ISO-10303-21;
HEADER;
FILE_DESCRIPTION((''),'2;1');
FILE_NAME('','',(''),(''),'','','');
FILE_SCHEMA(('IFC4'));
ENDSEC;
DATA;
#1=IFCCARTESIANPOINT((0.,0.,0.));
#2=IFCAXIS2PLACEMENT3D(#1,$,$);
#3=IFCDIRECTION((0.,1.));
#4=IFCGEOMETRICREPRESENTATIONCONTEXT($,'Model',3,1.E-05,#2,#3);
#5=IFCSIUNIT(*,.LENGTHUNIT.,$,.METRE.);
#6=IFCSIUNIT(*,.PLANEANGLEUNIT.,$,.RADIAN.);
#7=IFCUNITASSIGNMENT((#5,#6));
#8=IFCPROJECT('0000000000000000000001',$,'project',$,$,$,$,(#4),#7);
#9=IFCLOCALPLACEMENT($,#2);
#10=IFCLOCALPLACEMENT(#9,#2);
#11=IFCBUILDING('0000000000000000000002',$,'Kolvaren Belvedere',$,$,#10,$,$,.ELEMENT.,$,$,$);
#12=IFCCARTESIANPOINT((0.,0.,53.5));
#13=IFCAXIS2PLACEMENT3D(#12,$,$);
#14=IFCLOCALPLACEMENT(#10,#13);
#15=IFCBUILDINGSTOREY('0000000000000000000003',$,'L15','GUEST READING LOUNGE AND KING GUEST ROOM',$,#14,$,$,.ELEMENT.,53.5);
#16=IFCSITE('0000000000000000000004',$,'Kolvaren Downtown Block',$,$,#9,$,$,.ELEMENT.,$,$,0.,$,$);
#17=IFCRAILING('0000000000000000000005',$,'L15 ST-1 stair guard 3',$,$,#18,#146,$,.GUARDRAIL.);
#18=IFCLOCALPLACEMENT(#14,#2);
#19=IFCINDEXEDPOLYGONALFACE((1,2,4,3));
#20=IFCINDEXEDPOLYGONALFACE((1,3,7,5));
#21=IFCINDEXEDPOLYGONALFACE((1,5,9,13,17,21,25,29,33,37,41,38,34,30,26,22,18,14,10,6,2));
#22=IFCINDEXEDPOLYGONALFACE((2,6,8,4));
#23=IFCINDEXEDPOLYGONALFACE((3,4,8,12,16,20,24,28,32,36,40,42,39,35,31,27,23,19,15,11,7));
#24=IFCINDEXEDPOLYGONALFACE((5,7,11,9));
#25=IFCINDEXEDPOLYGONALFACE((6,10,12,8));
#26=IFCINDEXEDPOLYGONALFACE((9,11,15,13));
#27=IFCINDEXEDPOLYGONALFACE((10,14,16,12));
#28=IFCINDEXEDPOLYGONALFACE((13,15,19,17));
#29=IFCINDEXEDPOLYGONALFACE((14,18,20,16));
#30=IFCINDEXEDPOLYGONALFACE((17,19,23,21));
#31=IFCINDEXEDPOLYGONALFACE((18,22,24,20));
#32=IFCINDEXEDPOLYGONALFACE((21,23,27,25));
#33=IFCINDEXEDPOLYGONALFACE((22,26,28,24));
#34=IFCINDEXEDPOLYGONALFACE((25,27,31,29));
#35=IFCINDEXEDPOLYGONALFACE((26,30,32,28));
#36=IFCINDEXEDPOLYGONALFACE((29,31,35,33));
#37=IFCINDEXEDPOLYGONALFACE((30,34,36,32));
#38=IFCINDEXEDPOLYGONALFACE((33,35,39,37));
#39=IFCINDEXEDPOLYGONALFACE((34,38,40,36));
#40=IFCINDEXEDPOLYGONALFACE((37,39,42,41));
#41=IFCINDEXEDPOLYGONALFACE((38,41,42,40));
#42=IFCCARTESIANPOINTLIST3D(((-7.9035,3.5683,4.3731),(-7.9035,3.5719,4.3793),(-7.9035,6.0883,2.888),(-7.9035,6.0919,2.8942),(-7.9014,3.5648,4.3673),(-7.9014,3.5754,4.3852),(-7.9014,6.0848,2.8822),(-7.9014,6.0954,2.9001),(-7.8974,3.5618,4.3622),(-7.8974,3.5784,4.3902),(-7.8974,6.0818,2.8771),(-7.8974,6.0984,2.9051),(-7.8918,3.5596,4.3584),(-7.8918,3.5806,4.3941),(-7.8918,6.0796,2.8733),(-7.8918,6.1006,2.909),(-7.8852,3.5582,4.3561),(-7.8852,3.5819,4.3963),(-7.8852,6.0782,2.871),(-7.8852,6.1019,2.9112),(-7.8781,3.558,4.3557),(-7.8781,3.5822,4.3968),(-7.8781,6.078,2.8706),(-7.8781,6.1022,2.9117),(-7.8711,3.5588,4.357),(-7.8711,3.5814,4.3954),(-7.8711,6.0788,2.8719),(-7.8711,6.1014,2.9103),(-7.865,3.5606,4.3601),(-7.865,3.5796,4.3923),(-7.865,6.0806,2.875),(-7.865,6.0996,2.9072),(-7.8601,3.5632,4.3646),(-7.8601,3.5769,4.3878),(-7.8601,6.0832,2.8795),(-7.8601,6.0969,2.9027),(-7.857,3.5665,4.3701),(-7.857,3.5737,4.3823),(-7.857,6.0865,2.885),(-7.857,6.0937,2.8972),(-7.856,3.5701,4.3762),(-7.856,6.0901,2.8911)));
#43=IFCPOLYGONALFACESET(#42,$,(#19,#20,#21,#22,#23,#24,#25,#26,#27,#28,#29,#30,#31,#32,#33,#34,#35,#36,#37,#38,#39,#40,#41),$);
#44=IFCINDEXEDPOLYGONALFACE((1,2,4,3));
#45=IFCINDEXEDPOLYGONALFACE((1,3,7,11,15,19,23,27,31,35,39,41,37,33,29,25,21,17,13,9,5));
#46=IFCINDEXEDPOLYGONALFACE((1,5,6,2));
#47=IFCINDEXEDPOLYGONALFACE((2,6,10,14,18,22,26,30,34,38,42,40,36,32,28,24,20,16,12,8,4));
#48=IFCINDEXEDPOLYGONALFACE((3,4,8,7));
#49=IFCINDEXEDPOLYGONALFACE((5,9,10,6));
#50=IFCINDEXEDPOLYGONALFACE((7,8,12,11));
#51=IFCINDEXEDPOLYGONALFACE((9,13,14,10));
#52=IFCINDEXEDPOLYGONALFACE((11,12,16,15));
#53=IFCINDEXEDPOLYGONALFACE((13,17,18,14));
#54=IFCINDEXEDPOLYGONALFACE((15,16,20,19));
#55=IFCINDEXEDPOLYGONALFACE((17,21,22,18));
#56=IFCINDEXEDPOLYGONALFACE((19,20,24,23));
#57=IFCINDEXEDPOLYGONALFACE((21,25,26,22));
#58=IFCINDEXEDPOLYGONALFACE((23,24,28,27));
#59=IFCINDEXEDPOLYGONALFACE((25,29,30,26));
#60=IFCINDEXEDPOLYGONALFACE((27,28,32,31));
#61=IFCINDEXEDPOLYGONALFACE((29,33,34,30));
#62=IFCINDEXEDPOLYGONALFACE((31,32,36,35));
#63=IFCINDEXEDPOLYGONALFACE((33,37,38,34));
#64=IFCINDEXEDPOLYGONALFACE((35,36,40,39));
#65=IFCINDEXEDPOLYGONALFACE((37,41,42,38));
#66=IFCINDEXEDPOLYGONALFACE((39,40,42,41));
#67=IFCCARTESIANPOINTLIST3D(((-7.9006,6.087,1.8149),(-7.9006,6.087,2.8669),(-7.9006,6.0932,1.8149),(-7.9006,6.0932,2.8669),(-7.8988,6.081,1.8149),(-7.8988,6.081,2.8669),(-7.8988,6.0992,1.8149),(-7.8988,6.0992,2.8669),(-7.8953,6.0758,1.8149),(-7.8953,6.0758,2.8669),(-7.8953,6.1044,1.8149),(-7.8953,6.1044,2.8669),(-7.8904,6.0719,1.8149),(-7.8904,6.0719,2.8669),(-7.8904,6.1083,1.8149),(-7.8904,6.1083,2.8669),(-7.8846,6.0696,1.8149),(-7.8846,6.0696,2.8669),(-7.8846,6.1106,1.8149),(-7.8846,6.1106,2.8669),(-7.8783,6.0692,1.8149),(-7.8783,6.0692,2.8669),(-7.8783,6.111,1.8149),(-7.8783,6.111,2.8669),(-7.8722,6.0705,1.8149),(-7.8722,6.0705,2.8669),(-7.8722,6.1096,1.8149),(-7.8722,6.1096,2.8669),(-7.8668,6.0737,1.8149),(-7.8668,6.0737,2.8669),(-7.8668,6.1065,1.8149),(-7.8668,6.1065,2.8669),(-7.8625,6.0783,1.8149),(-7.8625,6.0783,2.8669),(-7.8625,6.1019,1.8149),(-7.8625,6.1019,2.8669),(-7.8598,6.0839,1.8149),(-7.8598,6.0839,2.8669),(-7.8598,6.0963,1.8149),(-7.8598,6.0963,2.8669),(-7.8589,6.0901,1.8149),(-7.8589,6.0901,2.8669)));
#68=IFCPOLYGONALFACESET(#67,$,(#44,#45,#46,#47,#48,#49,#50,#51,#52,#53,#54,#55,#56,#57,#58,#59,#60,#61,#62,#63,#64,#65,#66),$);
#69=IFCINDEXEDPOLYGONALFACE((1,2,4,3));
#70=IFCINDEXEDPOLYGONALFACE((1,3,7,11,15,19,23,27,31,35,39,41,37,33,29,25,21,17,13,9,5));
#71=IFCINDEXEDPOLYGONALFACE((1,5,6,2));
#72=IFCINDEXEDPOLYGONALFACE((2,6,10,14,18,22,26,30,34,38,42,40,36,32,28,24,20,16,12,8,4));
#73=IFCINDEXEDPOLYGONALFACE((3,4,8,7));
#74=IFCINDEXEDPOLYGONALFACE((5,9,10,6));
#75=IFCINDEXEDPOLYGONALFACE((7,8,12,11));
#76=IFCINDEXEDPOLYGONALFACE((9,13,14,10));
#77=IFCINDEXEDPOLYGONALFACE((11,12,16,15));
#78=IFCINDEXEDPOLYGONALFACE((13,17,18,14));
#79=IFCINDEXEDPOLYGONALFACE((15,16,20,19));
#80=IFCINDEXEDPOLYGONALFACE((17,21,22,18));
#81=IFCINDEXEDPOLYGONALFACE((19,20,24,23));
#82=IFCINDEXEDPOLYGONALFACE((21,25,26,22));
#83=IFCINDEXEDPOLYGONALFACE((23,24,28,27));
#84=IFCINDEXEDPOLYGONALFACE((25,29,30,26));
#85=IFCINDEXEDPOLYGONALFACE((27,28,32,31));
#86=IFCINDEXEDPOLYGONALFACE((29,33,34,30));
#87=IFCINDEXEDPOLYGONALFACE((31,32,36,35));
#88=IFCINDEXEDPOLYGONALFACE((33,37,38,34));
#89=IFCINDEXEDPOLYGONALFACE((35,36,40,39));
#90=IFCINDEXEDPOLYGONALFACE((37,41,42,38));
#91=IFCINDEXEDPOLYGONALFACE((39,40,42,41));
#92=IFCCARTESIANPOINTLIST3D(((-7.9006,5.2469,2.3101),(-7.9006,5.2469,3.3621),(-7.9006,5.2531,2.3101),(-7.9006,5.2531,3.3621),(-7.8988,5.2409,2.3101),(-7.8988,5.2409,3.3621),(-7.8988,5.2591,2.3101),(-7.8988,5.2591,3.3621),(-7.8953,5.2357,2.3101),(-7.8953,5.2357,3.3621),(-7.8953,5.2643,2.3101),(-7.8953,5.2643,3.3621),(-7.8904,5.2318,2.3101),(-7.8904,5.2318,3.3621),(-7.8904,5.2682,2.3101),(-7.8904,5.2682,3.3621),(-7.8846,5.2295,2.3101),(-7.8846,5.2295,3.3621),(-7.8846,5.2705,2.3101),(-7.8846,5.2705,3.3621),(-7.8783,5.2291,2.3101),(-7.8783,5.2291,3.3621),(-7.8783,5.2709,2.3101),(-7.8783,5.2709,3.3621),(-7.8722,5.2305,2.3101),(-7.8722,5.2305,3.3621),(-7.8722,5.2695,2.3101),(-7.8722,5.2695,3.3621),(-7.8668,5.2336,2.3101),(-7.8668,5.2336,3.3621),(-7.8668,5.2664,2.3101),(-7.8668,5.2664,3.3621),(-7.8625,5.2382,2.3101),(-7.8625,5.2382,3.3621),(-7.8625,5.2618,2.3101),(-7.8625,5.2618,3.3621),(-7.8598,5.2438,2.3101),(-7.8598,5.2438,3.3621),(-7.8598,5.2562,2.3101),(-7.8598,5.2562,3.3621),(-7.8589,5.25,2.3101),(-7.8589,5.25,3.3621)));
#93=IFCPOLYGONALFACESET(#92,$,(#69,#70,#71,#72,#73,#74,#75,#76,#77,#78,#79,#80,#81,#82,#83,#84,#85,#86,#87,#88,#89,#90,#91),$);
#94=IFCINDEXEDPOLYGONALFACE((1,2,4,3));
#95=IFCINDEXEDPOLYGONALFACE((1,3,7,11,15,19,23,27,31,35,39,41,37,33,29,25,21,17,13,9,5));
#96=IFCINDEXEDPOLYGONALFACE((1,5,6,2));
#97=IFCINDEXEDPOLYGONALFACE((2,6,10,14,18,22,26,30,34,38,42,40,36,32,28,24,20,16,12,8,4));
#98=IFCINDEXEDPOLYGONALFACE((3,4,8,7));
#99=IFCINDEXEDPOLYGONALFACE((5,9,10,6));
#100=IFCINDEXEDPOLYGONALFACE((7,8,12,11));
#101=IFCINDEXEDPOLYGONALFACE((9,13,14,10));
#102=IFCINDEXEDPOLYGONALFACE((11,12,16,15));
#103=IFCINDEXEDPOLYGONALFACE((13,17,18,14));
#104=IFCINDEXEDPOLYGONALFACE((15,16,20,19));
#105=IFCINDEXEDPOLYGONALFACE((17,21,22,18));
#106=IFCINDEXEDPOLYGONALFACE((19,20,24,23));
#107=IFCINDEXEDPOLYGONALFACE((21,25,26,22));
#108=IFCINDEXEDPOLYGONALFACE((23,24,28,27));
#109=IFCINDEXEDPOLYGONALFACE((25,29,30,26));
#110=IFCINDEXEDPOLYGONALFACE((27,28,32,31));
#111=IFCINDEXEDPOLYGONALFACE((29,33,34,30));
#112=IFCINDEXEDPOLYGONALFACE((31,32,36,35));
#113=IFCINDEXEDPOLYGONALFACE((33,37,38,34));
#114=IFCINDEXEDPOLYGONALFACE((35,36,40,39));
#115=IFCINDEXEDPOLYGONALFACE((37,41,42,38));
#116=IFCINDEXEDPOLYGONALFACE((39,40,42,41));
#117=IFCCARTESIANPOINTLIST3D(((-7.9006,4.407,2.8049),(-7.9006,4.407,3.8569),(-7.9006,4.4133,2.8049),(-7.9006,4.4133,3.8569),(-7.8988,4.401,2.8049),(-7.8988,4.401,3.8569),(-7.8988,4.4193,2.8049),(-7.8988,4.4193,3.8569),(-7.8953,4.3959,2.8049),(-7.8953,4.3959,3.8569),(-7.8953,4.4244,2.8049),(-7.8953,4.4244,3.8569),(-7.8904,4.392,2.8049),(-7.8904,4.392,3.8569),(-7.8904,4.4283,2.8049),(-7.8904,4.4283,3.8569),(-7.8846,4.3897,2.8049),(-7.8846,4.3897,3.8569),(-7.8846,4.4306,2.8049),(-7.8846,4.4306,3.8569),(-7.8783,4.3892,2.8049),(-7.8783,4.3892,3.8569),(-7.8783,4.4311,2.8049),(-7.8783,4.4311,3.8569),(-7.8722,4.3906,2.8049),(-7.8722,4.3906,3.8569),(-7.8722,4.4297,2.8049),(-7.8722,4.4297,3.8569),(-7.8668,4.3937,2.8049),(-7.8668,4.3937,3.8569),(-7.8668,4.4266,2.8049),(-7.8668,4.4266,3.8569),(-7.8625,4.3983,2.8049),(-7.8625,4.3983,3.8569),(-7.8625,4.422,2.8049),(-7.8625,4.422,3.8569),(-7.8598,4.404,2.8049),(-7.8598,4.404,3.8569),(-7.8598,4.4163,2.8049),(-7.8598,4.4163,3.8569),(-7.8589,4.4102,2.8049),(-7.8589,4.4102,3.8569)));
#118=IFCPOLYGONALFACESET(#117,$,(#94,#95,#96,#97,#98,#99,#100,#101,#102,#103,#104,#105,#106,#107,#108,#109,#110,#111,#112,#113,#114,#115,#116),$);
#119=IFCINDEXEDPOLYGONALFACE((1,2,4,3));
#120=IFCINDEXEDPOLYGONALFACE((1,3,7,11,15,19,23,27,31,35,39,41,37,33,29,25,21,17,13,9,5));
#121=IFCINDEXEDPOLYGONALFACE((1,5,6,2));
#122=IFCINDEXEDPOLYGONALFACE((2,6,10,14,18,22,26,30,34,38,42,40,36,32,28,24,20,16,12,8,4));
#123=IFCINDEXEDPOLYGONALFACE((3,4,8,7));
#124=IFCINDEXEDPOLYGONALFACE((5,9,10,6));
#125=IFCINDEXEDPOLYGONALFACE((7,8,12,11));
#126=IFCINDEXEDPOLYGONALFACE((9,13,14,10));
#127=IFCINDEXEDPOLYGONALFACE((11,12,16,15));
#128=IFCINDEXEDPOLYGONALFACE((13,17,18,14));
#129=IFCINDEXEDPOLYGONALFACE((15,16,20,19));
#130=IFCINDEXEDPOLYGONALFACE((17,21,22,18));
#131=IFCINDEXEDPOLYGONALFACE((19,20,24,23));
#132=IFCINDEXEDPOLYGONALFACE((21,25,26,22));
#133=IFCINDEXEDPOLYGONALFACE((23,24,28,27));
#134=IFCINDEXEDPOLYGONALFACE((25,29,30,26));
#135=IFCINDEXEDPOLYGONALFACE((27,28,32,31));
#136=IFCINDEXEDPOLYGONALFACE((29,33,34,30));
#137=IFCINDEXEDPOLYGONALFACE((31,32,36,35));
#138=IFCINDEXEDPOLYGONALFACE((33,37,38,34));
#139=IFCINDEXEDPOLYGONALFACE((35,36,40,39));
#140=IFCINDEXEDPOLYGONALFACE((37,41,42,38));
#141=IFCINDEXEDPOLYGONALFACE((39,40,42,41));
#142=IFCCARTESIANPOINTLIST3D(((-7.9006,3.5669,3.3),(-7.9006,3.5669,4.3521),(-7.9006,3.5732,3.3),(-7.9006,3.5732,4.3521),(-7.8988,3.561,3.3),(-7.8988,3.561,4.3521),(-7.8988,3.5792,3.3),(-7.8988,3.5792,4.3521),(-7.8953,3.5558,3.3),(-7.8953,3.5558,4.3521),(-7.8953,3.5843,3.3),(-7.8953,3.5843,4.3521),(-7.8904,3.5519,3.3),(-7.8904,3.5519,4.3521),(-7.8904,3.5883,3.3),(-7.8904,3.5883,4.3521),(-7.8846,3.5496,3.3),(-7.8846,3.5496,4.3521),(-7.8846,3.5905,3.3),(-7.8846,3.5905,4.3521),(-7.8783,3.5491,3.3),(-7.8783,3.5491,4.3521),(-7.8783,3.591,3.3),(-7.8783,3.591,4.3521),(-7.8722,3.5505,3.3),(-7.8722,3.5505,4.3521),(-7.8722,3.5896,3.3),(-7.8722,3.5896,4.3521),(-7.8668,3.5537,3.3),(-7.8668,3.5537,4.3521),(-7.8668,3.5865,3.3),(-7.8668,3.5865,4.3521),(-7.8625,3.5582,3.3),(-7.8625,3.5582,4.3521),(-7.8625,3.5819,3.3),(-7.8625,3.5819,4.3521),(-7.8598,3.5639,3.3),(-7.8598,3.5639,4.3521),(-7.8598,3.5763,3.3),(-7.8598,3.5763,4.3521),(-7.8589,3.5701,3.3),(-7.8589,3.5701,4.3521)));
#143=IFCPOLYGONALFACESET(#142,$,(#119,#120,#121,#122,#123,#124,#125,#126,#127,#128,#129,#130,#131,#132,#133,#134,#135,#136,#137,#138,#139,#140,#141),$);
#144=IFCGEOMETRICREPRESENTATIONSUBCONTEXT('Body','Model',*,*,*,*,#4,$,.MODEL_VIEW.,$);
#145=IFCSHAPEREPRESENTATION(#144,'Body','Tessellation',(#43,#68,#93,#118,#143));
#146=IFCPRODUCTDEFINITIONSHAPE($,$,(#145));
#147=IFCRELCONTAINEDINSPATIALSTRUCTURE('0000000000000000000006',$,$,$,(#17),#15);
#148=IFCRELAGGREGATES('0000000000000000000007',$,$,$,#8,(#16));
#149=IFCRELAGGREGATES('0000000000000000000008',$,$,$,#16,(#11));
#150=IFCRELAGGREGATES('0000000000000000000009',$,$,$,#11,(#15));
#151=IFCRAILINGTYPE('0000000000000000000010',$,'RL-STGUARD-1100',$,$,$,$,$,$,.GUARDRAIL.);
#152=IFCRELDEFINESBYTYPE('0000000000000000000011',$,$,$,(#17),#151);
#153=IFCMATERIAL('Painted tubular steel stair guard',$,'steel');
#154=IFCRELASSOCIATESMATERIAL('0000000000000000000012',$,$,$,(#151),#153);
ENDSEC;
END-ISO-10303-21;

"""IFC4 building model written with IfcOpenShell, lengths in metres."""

from ifc_helpers import new_model, si_unit, direction, frame, origin, origin_2d, place, context, subcontext, project, spatial, circle, extrude, material, type_object, element, save


model = new_model("IFC4")

# Units and contexts
model_context = context("Model", 3, precision=1e-05, world=origin(), true_north=direction((0.0, 1.0)))
body_context = subcontext(model_context, "Body", "Model", "MODEL_VIEW")
ifc_project = project(units=[si_unit("LENGTHUNIT", "METRE"), si_unit("PLANEANGLEUNIT", "RADIAN")], contexts=[model_context])

# Site, building, storey
site_placement = place(None, origin())
site = spatial("IfcSite", under=ifc_project, at=site_placement, Name="Kolvaren Downtown Block", CompositionType="ELEMENT", RefElevation=0.0)
building_placement = place(site_placement, origin())
building = spatial("IfcBuilding", under=site, at=building_placement, Name="Kolvaren Belvedere", CompositionType="ELEMENT")
storey_placement = place(building_placement, frame((0.0, 0.0, 53.5)))
storey = spatial("IfcBuildingStorey", under=building, at=storey_placement, Name="L15", Description="GUEST READING LOUNGE AND KING GUEST ROOM", CompositionType="ELEMENT", Elevation=53.5)

# Railing
ifc_material_1 = material(Name="Painted tubular steel stair guard", Category="steel")
railing_type_1 = type_object("IfcRailingType", Name="RL-STGUARD-1100", PredefinedType="GUARDRAIL", material=ifc_material_1)
railing_1_placement = place(storey_placement, frame((-7.8799, 6.0901, 1.8149)))
element("IfcRailing", 1, at=railing_1_placement, inside=storey, type_object=railing_type_1, Name="L15 ST-1 stair guard 3", PredefinedType="GUARDRAIL", context=body_context, shape_type="SweptSolid", body=[
    extrude(circle(Radius=0.0239, at=origin_2d()), frame((0.0, 0.0, 1.0762), z_axis=(0.0, -0.861524, 0.507717), x_axis=(1.0, 0.0, 0.0)), (0.0, 0.0, 1.0), 2.925),
    extrude(circle(Radius=0.021, at=origin_2d()), origin(), (0.0, 0.0, 1.0), 1.052),
    extrude(circle(Radius=0.021, at=origin_2d()), frame((0.0, -0.8401, 0.4951)), (0.0, 0.0, 1.0), 1.052),
    extrude(circle(Radius=0.021, at=origin_2d()), frame((0.0, -1.6799, 0.99)), (0.0, 0.0, 1.0), 1.052),
    extrude(circle(Radius=0.021, at=origin_2d()), frame((0.0, -2.52, 1.4851)), (0.0, 0.0, 1.0), 1.052),
])

save(model, "model.ifc")
